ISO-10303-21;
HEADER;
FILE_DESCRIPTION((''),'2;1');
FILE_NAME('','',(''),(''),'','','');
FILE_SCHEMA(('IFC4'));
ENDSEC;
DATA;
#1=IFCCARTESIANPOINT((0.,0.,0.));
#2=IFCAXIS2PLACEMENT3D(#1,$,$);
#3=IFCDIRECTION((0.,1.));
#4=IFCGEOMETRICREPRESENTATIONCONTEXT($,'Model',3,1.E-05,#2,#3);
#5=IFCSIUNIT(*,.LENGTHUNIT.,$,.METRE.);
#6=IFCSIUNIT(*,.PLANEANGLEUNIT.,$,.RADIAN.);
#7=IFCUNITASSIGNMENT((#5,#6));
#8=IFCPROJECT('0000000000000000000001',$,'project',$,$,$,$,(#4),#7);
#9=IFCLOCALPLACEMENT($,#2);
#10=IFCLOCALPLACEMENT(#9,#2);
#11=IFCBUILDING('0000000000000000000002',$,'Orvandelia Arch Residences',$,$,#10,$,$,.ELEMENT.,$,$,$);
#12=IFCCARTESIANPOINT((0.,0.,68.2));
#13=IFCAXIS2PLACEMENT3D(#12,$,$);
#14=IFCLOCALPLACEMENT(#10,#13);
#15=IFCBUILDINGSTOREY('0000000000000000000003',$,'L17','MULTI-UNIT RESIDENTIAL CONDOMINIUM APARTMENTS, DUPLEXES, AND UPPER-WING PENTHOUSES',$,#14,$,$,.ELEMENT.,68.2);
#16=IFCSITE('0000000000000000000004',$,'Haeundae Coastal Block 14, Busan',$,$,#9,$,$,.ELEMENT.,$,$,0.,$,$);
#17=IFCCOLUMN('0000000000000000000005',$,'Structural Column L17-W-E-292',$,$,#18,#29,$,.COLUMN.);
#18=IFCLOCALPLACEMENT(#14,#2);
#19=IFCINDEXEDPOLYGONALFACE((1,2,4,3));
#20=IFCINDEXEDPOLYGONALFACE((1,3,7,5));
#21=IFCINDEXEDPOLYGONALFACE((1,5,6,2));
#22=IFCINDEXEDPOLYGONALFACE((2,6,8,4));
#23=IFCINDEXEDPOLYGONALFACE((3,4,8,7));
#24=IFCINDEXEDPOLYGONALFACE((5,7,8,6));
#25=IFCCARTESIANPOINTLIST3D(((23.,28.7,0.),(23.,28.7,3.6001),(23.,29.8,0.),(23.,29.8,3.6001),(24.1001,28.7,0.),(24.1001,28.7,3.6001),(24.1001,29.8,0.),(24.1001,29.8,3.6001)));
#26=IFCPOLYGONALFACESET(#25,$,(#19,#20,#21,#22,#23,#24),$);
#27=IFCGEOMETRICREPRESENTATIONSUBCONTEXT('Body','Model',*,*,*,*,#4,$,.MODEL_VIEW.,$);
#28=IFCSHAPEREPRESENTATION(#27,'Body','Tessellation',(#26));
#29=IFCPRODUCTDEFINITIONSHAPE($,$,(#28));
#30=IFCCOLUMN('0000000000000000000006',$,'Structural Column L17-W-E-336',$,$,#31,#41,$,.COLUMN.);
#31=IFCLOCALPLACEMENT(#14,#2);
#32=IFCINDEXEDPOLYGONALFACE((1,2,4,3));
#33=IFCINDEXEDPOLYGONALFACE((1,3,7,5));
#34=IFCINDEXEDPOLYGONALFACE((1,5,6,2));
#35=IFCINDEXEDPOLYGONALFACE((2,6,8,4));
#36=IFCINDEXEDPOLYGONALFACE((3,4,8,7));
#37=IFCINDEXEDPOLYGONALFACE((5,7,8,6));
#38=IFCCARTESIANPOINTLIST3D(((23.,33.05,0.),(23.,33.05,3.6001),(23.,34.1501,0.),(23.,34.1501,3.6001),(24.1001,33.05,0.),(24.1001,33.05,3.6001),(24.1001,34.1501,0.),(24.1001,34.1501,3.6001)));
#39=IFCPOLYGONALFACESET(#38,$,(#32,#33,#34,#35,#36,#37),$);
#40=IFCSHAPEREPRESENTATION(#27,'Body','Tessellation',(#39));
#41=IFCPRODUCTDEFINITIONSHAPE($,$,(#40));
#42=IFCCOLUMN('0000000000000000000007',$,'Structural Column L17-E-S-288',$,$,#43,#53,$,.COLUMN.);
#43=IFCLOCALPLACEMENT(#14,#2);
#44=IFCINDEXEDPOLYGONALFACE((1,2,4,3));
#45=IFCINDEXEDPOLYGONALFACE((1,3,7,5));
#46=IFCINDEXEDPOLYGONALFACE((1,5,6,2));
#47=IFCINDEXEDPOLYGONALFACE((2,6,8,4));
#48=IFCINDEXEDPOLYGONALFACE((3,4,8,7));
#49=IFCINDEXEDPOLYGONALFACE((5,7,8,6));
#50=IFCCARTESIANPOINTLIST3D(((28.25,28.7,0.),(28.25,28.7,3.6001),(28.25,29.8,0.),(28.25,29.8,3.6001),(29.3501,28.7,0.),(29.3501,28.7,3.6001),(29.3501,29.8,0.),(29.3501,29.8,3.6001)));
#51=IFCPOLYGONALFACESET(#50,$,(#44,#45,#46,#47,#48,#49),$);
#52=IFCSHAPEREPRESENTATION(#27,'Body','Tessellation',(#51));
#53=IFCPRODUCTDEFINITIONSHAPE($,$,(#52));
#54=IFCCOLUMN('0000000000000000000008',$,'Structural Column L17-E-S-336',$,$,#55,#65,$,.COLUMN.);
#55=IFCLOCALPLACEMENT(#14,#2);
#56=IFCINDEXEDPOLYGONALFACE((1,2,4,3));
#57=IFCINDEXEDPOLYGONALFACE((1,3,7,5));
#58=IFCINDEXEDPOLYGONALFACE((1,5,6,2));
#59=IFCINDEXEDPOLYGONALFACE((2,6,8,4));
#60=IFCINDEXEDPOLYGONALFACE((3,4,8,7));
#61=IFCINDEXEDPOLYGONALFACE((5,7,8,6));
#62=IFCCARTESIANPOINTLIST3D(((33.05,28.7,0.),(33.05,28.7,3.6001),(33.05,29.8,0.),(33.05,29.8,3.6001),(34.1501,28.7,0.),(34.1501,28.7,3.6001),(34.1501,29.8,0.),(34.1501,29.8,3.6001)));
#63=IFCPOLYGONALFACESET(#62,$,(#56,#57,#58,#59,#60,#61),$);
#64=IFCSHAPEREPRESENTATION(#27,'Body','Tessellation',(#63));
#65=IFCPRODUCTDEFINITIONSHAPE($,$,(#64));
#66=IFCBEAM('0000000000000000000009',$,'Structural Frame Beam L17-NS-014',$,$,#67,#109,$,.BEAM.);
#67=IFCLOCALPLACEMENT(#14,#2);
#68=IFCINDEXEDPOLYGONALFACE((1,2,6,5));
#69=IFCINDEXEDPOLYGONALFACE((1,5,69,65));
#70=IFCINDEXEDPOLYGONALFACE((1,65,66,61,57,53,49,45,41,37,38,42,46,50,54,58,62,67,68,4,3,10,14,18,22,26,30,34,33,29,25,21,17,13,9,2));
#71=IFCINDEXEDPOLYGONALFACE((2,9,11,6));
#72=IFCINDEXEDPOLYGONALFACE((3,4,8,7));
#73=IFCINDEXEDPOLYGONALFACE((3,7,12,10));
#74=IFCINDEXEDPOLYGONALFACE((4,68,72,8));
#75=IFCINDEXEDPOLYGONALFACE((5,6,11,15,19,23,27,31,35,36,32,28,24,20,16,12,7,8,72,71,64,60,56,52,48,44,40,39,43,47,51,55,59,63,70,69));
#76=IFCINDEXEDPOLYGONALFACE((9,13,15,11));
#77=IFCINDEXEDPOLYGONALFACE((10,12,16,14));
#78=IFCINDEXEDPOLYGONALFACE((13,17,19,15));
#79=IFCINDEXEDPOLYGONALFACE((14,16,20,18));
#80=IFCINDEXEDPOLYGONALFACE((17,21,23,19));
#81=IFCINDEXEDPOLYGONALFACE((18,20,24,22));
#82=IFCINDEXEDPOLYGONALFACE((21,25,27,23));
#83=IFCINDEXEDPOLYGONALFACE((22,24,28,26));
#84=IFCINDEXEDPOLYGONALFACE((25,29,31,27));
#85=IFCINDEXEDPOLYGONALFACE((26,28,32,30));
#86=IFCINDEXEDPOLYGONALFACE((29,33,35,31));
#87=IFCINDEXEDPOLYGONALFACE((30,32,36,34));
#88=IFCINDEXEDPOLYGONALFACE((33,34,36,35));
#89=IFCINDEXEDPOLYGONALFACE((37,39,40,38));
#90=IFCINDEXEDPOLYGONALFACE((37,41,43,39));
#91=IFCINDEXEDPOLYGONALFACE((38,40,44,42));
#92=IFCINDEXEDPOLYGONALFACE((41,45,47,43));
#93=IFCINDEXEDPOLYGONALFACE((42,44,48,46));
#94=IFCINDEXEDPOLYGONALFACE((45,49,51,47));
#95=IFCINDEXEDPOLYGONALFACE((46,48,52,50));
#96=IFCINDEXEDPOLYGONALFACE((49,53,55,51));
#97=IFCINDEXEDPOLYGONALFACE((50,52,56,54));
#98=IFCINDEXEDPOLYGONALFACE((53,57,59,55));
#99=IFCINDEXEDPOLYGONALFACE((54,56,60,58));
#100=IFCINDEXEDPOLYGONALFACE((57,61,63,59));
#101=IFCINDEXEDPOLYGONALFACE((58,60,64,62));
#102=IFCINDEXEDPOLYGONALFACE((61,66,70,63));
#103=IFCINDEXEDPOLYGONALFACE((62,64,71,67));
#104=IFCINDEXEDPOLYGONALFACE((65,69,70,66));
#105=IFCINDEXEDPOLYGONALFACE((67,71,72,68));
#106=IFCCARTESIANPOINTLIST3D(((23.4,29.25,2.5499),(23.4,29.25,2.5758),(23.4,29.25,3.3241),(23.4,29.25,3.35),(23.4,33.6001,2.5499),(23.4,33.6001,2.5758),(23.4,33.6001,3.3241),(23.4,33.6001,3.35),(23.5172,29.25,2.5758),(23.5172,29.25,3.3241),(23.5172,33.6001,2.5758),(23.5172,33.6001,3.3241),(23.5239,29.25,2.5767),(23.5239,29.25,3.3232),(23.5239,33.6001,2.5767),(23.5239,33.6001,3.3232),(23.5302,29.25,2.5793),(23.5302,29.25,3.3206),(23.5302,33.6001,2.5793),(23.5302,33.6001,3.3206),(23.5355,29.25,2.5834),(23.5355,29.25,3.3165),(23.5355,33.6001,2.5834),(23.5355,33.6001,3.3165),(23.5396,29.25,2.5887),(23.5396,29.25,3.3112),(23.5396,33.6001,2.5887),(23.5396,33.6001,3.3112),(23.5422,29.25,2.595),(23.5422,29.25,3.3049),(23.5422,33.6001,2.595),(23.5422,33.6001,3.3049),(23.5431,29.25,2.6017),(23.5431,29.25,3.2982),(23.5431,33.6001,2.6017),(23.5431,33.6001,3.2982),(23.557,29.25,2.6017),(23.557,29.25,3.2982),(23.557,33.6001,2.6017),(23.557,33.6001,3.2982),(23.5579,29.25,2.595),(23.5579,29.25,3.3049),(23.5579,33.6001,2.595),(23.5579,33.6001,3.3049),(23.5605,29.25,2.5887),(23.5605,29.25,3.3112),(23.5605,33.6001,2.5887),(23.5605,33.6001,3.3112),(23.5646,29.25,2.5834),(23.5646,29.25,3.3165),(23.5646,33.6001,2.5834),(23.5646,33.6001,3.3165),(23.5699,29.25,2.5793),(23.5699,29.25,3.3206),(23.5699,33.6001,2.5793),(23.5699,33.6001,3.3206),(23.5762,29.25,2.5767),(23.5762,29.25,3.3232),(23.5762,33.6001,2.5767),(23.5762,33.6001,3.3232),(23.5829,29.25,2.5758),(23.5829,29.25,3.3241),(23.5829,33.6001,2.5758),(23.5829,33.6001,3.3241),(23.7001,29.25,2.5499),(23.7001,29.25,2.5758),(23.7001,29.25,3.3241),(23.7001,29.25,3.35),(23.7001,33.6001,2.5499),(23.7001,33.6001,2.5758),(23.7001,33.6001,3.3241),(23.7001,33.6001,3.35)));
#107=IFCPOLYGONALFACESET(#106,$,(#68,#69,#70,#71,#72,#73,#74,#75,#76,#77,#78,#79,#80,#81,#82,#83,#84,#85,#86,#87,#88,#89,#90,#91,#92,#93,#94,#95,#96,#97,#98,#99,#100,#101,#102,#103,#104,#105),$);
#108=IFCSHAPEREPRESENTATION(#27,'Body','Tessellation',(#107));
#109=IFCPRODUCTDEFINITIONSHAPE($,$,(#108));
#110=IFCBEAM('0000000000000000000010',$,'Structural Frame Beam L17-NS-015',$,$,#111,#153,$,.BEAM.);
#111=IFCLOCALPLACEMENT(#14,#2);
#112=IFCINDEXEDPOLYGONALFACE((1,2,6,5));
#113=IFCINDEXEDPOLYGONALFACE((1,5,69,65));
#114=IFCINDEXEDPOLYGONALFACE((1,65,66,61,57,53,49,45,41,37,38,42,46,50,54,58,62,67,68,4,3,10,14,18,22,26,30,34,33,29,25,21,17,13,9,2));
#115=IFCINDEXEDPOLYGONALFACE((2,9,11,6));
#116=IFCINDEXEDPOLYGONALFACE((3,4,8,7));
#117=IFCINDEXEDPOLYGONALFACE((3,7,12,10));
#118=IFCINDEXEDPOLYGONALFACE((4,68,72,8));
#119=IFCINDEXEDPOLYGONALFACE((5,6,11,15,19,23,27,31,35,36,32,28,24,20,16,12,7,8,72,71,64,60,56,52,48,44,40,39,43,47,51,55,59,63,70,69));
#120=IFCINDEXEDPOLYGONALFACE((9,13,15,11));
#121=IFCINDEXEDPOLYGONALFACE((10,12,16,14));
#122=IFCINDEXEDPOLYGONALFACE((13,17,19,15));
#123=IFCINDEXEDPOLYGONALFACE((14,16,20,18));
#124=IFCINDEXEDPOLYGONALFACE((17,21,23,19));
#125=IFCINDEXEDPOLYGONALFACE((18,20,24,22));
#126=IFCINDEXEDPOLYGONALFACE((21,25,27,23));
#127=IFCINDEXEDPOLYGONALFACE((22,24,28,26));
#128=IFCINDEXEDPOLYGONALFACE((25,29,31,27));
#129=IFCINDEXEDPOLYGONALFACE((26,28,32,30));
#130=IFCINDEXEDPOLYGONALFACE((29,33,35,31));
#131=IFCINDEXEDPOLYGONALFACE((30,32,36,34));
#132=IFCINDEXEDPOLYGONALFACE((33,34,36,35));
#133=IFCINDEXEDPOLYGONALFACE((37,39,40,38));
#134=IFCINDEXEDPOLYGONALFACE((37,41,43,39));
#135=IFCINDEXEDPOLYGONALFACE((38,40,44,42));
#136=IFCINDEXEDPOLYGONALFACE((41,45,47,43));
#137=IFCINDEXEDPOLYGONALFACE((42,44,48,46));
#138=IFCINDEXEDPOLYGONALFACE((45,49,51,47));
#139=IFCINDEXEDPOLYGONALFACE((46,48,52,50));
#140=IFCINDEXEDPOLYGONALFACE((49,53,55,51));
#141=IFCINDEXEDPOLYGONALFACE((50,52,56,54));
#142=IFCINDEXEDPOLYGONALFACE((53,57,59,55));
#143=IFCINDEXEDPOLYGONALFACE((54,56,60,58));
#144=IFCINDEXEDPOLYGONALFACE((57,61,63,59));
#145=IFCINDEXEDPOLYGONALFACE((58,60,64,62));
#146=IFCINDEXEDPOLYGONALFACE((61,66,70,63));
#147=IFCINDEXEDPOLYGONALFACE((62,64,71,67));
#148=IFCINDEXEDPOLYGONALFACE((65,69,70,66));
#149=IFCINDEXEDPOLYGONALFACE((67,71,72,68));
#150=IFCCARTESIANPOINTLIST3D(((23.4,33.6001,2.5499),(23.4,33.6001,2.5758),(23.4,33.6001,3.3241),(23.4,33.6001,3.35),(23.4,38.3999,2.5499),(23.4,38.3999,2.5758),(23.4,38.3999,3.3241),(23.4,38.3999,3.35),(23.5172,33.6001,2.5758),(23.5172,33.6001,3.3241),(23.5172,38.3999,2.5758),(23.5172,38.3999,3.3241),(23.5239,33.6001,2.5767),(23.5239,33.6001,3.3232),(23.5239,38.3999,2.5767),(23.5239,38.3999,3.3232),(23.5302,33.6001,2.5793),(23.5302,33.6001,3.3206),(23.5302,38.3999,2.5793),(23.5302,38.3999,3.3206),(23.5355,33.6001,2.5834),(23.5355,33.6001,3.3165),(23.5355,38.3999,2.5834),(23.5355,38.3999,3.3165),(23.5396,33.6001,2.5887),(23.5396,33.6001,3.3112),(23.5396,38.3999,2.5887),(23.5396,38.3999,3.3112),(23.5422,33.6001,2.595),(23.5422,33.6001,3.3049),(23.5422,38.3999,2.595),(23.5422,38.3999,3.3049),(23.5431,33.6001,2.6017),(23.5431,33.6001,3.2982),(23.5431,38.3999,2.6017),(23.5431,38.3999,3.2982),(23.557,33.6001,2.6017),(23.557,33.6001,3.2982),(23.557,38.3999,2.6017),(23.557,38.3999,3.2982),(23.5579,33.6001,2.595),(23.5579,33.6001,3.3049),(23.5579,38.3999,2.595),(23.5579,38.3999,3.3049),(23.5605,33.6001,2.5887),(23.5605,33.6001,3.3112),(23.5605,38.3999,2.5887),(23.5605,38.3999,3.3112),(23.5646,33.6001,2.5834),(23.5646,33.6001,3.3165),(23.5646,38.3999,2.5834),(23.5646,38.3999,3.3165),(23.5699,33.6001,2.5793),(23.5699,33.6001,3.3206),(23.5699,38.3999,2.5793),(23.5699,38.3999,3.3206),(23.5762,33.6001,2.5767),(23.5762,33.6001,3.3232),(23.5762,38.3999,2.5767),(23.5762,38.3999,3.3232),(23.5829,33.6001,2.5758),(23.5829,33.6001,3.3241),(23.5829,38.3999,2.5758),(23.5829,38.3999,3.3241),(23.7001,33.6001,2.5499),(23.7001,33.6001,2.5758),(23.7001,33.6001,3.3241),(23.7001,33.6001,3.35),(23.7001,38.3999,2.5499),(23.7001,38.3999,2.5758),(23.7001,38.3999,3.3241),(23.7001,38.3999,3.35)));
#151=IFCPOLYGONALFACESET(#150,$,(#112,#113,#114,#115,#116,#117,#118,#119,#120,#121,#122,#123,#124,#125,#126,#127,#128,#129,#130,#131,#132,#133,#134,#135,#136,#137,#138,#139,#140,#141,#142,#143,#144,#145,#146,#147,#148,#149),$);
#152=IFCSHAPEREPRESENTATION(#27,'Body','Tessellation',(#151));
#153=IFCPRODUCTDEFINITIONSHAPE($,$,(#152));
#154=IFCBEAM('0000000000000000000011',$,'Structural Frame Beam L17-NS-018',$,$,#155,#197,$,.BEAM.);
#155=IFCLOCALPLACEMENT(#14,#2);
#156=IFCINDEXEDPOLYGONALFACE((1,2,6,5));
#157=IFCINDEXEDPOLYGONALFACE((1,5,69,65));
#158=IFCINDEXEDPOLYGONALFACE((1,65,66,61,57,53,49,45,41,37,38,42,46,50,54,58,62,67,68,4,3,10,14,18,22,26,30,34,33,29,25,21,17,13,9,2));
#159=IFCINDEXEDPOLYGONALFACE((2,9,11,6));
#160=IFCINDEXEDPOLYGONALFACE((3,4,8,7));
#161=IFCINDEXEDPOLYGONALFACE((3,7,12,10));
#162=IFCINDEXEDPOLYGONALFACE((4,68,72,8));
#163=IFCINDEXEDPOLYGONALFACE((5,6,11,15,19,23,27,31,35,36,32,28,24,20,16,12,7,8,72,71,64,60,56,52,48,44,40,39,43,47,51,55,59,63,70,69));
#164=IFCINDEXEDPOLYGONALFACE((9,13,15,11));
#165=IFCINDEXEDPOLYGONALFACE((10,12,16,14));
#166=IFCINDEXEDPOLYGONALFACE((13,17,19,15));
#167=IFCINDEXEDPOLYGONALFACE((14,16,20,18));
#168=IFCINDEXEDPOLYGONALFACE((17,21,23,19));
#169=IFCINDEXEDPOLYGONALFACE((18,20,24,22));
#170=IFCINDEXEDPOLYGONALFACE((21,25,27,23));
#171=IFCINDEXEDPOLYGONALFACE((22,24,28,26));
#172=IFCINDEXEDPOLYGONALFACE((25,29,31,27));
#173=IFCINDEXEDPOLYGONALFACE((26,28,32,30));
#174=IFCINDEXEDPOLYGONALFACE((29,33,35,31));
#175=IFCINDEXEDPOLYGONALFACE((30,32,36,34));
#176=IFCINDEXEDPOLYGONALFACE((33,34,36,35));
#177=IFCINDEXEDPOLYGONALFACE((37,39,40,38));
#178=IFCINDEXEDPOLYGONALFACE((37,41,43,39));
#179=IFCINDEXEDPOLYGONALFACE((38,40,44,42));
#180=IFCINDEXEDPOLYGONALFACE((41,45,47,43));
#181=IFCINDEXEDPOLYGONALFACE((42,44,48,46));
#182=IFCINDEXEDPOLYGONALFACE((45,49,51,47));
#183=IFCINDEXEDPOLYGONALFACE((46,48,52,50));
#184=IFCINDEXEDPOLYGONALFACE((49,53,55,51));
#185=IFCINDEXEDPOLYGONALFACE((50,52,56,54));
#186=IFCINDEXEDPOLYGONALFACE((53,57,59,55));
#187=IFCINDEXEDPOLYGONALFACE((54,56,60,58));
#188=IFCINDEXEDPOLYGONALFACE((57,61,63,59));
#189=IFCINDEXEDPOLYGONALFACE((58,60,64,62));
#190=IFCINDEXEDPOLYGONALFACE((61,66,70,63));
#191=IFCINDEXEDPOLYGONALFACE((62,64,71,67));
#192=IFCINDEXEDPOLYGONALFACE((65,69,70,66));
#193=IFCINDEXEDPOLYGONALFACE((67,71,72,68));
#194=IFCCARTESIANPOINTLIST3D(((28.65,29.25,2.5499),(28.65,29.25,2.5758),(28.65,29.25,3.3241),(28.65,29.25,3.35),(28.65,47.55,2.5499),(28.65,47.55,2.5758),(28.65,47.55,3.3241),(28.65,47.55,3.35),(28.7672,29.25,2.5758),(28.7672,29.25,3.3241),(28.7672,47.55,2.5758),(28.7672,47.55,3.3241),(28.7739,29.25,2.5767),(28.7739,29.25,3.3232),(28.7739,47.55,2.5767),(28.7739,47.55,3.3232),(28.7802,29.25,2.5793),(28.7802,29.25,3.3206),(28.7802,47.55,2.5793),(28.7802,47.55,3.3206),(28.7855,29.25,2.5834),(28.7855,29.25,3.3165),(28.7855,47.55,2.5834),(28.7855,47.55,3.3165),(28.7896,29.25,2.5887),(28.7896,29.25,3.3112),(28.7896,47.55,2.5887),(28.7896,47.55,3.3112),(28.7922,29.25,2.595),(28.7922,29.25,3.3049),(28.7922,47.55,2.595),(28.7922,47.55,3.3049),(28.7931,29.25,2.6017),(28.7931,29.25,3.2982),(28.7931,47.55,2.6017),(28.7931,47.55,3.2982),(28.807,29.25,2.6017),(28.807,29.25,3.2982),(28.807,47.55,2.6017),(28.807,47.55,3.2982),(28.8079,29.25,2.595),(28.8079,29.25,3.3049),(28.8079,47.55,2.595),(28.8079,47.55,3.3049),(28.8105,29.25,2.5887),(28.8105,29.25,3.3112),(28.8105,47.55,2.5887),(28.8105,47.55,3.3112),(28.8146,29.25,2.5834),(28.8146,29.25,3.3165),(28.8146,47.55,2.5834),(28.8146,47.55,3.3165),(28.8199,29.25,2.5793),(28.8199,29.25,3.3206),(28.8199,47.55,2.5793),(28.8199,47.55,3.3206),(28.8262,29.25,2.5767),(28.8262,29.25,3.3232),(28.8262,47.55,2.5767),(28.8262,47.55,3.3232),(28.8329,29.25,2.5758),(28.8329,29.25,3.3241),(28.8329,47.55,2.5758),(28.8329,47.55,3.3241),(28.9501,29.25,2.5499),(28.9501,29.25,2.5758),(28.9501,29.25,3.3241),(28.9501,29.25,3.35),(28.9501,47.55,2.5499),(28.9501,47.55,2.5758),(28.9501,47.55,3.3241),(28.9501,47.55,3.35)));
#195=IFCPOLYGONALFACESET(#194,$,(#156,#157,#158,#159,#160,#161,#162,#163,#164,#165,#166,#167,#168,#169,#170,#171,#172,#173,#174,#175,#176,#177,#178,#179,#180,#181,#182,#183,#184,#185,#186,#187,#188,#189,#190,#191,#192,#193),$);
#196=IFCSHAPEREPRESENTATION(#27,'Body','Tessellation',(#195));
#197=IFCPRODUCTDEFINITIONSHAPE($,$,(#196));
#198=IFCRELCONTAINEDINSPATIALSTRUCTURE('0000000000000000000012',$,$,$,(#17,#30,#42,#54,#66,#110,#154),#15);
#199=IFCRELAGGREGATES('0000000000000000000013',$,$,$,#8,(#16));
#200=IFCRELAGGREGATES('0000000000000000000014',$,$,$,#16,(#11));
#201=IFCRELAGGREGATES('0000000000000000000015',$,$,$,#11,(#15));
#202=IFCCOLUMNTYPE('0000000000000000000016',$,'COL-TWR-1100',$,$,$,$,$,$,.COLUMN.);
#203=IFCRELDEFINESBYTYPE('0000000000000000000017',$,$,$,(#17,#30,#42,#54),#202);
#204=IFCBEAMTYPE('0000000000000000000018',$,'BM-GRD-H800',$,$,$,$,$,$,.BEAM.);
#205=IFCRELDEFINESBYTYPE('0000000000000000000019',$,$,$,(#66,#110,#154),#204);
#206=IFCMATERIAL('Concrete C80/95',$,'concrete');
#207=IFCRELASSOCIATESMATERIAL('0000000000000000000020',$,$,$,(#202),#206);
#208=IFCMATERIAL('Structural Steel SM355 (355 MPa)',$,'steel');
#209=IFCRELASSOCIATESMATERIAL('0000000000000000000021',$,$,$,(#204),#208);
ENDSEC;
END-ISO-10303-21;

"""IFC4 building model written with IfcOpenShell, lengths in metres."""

from ifc_helpers import new_model, si_unit, direction, frame, origin, origin_2d, place, context, subcontext, project, spatial, rectangle, i_section, extrude, material, material_profile, profile_set, type_object, element, save


model = new_model("IFC4")

# Units and contexts
model_context = context("Model", 3, precision=1e-05, world=origin(), true_north=direction((0.0, 1.0)))
body_context = subcontext(model_context, "Body", "Model", "MODEL_VIEW")
ifc_project = project(units=[si_unit("LENGTHUNIT", "METRE"), si_unit("PLANEANGLEUNIT", "RADIAN")], contexts=[model_context])

# Site, building, storey
site_placement = place(None, origin())
site = spatial("IfcSite", under=ifc_project, at=site_placement, Name="Haeundae Coastal Block 14, Busan", CompositionType="ELEMENT", RefElevation=0.0)
building_placement = place(site_placement, origin())
building = spatial("IfcBuilding", under=site, at=building_placement, Name="Orvandelia Arch Residences", CompositionType="ELEMENT")
storey_placement = place(building_placement, frame((0.0, 0.0, 68.2)))
storey = spatial("IfcBuildingStorey", under=building, at=storey_placement, Name="L17", Description="MULTI-UNIT RESIDENTIAL CONDOMINIUM APARTMENTS, DUPLEXES, AND UPPER-WING PENTHOUSES", CompositionType="ELEMENT", Elevation=68.2)

# Columns
ifc_material_1 = material(Name="Concrete C80/95", Category="concrete")
ifc_material_profile_1 = material_profile(ifc_material_1, rectangle(XDim=1.1001, YDim=1.1001, at=origin_2d()), Name="Concrete C80/95", Category="concrete")
ifc_profile_set_1 = profile_set([ifc_material_profile_1], Name="Concrete C80/95")
column_type = type_object("IfcColumnType", Name="COL-TWR-1100", PredefinedType="COLUMN", material=ifc_profile_set_1)
for number, where, z_axis, x_axis, name in (
    (1, (23.55, 29.25, 0.0), (0.0, 0.0, 1.0), (1.0, 0.0, 0.0), "Structural Column L17-W-E-292"),
    (2, (23.55, 33.6001, 0.0), (0.0, 0.0, 1.0), (1.0, 0.0, 0.0), "Structural Column L17-W-E-336"),
    (3, (28.8, 29.25, 0.0), (0.0, 0.0, 1.0), (1.0, 0.0, 0.0), "Structural Column L17-E-S-288"),
    (4, (33.6001, 29.25, 0.0), (0.0, 0.0, 1.0), (1.0, 0.0, 0.0), "Structural Column L17-E-S-336"),
):
    element("IfcColumn", number, at=place(storey_placement, frame(where, z_axis=z_axis, x_axis=x_axis)), inside=storey, type_object=column_type, Name=name, PredefinedType="COLUMN", context=body_context, shape_type="SweptSolid", body=[
        extrude(rectangle(XDim=1.1001, YDim=1.1001, at=origin_2d()), origin(), (0.0, 0.0, 1.0), 3.6001),
    ])

# Beams
ifc_material_2 = material(Name="Structural Steel SM355 (355 MPa)", Category="steel")
ifc_material_profile_2 = material_profile(ifc_material_2, i_section(OverallWidth=0.3, OverallDepth=0.8, WebThickness=0.0139, FlangeThickness=0.0259, FilletRadius=0.0259, at=origin_2d()), Name="Structural Steel SM355 (355 MPa)", Category="steel")
ifc_profile_set_2 = profile_set([ifc_material_profile_2], Name="Structural Steel SM355 (355 MPa)")
beam_type = type_object("IfcBeamType", Name="BM-GRD-H800", PredefinedType="BEAM", material=ifc_profile_set_2)
beam_1_placement = place(storey_placement, frame((23.55, 29.25, 2.95), z_axis=(0.0, 1.0, 0.0), x_axis=(-1.0, 0.0, 0.0)))
element("IfcBeam", 5, at=beam_1_placement, inside=storey, type_object=beam_type, Name="Structural Frame Beam L17-NS-014", PredefinedType="BEAM", context=body_context, shape_type="SweptSolid", body=[
    extrude(i_section(OverallWidth=0.3, OverallDepth=0.8, WebThickness=0.0139, FlangeThickness=0.0259, FilletRadius=0.0259, at=origin_2d()), origin(), (0.0, 0.0, 1.0), 4.3501),
])
beam_2_placement = place(storey_placement, frame((23.55, 33.6001, 2.95), z_axis=(0.0, 1.0, 0.0), x_axis=(-1.0, 0.0, 0.0)))
element("IfcBeam", 6, at=beam_2_placement, inside=storey, type_object=beam_type, Name="Structural Frame Beam L17-NS-015", PredefinedType="BEAM", context=body_context, shape_type="SweptSolid", body=[
    extrude(i_section(OverallWidth=0.3, OverallDepth=0.8, WebThickness=0.0139, FlangeThickness=0.0259, FilletRadius=0.0259, at=origin_2d()), origin(), (0.0, 0.0, 1.0), 4.7998),
])
for number, where, z_axis, x_axis, name in (
    (7, (28.8, 29.25, 2.95), (0.0, 1.0, 0.0), (-1.0, 0.0, 0.0), "Structural Frame Beam L17-NS-018"),
):
    element("IfcBeam", number, at=place(storey_placement, frame(where, z_axis=z_axis, x_axis=x_axis)), inside=storey, type_object=beam_type, Name=name, PredefinedType="BEAM", context=body_context, shape_type="SweptSolid", body=[
        extrude(i_section(OverallWidth=0.3, OverallDepth=0.8, WebThickness=0.0139, FlangeThickness=0.0259, FilletRadius=0.0259, at=origin_2d()), origin(), (0.0, 0.0, 1.0), 18.3),
    ])

save(model, "model.ifc")
